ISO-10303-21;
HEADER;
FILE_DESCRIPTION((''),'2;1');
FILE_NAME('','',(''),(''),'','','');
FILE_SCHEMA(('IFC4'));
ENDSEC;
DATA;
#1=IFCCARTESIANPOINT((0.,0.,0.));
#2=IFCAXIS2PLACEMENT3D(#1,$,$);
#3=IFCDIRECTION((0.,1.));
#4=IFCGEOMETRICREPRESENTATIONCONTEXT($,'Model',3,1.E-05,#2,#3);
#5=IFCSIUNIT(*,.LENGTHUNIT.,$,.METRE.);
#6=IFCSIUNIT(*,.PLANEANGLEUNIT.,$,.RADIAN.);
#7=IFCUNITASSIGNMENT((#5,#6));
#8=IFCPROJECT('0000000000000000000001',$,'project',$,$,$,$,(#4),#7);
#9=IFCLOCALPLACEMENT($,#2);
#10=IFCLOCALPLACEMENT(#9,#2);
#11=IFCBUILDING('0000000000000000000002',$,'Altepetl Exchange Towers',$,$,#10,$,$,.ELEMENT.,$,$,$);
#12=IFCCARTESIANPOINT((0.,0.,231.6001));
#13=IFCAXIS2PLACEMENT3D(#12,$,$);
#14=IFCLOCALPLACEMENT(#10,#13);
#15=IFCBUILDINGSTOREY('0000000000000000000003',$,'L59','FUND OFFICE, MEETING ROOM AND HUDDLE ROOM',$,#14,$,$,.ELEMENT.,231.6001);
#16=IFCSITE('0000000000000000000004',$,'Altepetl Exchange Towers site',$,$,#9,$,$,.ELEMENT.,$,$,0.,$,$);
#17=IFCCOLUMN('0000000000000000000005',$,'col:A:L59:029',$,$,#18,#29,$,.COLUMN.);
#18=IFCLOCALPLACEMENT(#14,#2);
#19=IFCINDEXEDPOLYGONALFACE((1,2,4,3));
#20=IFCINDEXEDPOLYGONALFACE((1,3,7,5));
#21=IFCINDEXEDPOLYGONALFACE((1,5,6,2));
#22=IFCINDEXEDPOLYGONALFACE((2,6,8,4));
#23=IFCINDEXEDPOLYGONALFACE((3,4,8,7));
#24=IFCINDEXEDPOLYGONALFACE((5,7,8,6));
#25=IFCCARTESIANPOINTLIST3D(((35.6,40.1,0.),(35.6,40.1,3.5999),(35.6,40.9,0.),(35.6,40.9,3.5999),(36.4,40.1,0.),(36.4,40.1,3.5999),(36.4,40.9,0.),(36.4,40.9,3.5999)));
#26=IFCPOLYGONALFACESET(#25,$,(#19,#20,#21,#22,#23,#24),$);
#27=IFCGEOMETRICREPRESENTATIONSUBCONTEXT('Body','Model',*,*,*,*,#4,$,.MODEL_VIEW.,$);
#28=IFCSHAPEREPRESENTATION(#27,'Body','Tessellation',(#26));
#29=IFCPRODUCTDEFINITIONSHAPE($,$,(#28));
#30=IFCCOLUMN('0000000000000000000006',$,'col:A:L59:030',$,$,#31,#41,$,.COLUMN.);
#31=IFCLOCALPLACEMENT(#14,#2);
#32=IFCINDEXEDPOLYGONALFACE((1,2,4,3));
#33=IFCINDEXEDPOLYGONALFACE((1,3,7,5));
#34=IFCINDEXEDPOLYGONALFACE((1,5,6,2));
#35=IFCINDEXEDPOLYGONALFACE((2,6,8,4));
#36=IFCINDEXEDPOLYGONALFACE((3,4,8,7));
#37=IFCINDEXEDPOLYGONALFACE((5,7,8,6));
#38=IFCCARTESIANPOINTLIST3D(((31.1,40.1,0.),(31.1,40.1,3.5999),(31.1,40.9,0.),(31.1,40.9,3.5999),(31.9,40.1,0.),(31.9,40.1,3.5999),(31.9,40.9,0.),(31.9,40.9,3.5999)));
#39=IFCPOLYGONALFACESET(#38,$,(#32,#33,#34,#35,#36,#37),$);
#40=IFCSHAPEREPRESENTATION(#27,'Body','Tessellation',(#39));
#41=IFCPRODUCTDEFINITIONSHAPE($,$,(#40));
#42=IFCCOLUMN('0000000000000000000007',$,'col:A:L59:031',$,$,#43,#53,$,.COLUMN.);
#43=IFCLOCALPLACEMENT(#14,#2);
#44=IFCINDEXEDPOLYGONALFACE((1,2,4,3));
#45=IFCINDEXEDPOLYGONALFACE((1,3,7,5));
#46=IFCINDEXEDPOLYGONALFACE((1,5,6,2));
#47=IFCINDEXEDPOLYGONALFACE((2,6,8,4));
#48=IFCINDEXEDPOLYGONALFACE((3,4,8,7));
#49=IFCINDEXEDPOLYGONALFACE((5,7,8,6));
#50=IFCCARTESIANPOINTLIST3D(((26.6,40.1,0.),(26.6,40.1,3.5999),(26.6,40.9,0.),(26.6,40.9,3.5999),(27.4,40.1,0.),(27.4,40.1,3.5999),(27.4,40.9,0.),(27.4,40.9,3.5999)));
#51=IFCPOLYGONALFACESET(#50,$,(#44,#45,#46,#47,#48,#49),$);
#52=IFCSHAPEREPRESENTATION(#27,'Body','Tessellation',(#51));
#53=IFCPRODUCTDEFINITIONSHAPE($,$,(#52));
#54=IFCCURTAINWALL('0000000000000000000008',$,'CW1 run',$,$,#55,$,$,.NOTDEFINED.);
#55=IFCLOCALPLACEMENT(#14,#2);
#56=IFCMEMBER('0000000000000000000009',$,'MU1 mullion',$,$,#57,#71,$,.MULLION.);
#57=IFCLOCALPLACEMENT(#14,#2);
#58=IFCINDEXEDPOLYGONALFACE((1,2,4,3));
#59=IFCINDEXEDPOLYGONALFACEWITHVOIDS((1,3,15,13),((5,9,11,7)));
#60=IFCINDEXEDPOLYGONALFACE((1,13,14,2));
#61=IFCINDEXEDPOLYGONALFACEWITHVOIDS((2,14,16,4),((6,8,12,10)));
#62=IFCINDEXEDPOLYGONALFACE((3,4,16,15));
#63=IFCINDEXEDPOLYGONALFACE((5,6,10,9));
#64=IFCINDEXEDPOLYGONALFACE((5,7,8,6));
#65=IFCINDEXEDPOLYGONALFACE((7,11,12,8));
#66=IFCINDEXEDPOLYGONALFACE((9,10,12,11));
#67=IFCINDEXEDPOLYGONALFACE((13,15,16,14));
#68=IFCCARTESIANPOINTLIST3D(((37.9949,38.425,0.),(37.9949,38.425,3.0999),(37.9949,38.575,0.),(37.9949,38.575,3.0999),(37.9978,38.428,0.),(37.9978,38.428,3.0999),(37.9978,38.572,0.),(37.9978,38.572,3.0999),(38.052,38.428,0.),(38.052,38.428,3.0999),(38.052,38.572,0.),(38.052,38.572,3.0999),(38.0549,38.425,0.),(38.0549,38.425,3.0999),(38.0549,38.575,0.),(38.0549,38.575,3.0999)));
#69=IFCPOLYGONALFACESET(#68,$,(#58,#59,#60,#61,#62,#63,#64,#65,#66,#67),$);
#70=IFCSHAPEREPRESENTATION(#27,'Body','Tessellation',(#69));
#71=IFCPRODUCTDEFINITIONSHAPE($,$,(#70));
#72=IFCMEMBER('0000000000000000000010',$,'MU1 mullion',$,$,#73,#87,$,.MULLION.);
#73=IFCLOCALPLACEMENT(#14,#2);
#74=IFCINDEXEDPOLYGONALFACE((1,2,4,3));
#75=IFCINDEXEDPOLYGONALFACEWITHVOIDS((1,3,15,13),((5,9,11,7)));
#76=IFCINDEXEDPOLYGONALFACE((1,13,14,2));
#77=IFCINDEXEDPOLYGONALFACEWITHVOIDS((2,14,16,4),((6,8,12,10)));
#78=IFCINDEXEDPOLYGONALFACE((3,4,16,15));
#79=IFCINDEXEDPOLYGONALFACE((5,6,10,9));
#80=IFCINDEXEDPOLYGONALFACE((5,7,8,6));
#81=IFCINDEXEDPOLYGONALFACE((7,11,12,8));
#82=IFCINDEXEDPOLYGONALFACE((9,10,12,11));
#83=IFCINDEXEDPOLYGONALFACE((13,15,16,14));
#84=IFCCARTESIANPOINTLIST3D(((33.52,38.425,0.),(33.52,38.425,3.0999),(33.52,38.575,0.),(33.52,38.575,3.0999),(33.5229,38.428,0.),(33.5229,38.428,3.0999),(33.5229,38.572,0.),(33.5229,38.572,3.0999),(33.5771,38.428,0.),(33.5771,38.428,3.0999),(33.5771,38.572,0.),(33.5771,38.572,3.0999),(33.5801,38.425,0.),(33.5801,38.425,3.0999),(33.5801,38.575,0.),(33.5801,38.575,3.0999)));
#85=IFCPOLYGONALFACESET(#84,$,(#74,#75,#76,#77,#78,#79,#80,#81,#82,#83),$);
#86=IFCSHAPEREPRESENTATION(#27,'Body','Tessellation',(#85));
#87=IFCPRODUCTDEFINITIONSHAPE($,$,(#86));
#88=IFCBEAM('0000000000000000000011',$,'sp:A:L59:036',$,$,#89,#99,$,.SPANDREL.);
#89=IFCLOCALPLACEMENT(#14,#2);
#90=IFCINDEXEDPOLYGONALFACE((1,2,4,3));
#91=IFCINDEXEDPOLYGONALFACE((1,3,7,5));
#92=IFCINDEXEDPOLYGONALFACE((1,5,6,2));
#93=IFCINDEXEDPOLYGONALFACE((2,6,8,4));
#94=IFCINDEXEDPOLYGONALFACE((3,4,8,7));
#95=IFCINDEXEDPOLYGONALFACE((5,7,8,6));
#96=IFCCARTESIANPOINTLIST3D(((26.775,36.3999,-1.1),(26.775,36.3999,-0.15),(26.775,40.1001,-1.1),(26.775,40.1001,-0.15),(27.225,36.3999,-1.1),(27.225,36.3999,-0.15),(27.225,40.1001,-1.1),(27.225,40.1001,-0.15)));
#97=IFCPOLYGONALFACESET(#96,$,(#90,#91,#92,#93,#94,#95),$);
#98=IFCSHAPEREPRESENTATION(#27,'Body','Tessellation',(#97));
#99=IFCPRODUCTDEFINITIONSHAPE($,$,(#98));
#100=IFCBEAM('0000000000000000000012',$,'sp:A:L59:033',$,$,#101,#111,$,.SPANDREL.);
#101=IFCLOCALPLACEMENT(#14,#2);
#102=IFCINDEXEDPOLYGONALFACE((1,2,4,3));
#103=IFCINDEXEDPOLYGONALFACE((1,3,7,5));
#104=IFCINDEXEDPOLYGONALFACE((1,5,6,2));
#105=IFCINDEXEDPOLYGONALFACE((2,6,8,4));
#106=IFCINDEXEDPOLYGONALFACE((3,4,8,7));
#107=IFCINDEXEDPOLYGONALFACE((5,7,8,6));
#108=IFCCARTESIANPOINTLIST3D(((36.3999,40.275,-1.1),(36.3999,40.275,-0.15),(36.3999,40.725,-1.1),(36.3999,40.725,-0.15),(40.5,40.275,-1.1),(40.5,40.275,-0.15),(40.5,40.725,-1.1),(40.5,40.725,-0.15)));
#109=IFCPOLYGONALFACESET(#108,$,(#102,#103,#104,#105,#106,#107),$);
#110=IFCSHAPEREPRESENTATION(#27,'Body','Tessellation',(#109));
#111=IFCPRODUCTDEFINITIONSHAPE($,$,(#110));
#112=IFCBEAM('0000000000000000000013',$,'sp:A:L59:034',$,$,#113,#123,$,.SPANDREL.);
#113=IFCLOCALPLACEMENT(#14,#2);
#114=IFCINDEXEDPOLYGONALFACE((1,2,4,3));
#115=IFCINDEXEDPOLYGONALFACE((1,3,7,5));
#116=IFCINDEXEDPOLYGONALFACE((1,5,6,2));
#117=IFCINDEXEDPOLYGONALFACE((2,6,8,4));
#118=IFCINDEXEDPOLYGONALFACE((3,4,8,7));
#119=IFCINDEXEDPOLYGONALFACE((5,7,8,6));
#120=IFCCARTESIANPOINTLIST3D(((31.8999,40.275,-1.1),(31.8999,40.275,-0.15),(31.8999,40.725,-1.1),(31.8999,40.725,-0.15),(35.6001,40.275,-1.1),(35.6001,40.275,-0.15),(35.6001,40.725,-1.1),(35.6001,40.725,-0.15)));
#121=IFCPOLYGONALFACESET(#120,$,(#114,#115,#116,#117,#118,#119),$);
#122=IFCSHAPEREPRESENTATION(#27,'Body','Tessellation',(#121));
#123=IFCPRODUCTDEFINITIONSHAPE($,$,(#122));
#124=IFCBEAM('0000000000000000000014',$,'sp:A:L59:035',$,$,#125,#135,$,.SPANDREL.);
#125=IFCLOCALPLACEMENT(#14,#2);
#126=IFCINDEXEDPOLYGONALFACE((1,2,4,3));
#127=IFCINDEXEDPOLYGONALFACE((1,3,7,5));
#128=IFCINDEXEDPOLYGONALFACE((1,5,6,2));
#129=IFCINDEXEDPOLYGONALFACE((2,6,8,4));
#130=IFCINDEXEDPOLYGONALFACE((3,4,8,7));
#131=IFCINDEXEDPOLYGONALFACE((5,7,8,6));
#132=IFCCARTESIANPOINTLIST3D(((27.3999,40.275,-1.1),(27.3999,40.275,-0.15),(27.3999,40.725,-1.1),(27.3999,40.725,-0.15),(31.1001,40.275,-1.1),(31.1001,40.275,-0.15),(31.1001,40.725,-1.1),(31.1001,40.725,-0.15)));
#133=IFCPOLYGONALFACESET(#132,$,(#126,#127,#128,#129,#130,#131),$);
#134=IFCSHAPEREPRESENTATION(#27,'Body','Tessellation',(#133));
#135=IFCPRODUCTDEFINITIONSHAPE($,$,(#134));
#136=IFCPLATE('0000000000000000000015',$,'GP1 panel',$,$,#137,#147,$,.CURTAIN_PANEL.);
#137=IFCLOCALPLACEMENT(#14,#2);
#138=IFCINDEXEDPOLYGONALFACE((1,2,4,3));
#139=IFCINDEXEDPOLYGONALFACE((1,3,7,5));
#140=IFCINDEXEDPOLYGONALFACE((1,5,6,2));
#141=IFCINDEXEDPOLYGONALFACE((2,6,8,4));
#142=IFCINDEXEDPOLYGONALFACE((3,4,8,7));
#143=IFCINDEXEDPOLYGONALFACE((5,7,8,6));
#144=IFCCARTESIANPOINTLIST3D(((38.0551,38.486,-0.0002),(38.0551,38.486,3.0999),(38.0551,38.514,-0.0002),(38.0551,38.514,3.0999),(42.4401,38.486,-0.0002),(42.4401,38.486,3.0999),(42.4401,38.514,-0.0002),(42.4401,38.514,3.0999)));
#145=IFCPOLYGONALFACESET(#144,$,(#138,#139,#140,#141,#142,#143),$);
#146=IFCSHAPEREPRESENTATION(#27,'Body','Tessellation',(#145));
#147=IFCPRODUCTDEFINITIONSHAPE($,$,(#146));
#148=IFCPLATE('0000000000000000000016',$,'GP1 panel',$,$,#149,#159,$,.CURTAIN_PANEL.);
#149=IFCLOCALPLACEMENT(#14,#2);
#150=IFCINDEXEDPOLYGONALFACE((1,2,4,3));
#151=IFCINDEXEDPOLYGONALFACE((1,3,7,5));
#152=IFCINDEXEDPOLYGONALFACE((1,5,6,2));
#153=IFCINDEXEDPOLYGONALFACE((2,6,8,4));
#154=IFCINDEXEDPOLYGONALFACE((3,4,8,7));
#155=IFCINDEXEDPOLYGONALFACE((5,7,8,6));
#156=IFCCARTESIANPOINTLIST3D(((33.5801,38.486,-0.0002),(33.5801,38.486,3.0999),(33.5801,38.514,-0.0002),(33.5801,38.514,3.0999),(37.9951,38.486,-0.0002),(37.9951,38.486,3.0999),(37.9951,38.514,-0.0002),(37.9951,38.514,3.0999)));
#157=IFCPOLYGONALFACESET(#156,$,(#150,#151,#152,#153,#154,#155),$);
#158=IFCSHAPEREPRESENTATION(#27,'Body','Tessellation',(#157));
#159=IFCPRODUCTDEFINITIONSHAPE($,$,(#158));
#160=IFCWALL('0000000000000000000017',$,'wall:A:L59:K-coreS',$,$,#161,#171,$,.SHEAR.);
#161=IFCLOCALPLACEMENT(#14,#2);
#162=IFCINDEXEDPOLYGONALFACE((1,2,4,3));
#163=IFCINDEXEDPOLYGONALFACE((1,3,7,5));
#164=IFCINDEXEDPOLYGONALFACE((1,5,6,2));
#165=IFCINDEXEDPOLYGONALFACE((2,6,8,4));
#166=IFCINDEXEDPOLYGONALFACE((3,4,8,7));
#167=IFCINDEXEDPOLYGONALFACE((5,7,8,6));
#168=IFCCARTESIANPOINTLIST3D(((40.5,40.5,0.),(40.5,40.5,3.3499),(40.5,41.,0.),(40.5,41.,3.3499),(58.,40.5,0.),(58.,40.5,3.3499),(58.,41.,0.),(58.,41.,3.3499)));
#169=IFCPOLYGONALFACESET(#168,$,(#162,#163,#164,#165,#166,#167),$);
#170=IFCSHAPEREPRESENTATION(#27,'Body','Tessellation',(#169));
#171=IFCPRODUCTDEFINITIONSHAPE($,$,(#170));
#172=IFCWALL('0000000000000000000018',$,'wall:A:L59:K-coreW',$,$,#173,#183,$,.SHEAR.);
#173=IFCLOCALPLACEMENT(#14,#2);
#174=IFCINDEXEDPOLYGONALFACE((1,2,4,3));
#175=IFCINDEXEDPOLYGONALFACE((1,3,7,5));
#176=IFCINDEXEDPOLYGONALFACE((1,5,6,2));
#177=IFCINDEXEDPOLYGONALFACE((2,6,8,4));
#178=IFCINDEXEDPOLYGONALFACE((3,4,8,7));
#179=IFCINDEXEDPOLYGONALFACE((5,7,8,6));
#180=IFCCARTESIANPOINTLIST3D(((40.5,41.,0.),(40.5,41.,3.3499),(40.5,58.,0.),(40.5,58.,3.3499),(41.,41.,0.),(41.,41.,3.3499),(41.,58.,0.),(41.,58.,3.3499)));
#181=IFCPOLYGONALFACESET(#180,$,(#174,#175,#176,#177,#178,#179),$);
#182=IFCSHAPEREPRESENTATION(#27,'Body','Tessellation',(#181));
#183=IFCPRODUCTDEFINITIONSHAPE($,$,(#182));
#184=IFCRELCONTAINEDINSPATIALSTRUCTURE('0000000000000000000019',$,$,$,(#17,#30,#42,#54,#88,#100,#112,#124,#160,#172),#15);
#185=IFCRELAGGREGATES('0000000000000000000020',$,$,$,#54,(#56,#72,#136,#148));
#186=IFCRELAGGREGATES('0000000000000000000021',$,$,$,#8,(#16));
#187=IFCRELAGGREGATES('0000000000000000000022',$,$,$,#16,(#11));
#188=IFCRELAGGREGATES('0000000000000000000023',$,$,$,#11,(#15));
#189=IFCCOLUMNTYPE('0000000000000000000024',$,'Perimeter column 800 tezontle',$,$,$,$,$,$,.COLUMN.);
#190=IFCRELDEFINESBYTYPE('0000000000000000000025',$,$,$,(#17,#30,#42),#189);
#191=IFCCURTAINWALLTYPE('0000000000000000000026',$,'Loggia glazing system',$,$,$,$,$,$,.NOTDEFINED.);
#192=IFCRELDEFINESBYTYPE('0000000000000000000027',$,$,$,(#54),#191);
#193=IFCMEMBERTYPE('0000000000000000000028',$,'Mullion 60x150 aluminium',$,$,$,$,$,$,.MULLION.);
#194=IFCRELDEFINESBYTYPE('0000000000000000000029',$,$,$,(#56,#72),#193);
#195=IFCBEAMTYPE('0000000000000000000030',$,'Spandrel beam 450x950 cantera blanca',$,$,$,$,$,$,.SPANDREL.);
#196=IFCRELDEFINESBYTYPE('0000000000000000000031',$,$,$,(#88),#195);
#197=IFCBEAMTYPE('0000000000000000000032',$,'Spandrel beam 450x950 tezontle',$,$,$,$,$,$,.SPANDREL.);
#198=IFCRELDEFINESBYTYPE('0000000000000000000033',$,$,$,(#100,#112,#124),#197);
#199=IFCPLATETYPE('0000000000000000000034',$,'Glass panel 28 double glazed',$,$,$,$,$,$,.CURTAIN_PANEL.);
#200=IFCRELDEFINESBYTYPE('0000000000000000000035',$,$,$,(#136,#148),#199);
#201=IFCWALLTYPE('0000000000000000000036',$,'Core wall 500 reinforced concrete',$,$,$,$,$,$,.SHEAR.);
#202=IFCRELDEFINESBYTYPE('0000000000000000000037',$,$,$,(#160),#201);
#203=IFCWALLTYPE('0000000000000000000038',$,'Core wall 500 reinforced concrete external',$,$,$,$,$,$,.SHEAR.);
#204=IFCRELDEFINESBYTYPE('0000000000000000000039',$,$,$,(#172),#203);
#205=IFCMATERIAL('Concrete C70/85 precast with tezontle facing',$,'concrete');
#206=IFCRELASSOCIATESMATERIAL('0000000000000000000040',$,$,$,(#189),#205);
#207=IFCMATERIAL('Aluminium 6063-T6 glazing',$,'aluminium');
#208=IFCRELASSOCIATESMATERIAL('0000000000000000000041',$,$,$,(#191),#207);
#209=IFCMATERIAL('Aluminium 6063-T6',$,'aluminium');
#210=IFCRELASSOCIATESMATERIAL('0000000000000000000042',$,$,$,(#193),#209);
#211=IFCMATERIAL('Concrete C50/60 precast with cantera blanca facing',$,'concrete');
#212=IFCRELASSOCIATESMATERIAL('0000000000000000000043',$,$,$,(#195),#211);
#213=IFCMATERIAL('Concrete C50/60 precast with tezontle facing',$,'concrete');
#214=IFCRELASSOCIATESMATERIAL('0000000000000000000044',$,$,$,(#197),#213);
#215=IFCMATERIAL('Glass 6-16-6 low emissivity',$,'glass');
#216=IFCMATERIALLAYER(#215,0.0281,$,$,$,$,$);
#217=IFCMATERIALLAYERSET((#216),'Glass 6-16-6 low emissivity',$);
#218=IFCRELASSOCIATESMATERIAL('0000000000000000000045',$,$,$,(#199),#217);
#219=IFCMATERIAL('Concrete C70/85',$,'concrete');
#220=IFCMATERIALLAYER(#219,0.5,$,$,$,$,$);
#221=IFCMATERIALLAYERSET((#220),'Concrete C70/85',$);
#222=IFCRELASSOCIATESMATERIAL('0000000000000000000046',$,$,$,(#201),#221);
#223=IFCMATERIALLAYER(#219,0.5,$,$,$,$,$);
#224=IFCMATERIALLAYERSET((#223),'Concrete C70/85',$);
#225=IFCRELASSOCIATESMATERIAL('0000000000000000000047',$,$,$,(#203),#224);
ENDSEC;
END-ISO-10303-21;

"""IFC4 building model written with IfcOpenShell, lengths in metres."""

from ifc_helpers import new_model, si_unit, direction, frame, frame_2d, origin, origin_2d, place, context, subcontext, project, spatial, rectangle, hollow_rectangle, extrude, material, layer, layer_set, material_profile, profile_set, type_object, element, aggregate, save


model = new_model("IFC4")

# Units and contexts
model_context = context("Model", 3, precision=1e-05, world=origin(), true_north=direction((0.0, 1.0)))
body_context = subcontext(model_context, "Body", "Model", "MODEL_VIEW")
ifc_project = project(units=[si_unit("LENGTHUNIT", "METRE"), si_unit("PLANEANGLEUNIT", "RADIAN")], contexts=[model_context])

# Site, building, storey
site_placement = place(None, origin())
site = spatial("IfcSite", under=ifc_project, at=site_placement, Name="Altepetl Exchange Towers site", CompositionType="ELEMENT", RefElevation=0.0)
building_placement = place(site_placement, origin())
building = spatial("IfcBuilding", under=site, at=building_placement, Name="Altepetl Exchange Towers", CompositionType="ELEMENT")
storey_placement = place(building_placement, frame((0.0, 0.0, 231.6001)))
storey = spatial("IfcBuildingStorey", under=building, at=storey_placement, Name="L59", Description="FUND OFFICE, MEETING ROOM AND HUDDLE ROOM", CompositionType="ELEMENT", Elevation=231.6001)

# Columns
ifc_material_1 = material(Name="Concrete C70/85 precast with tezontle facing", Category="concrete")
ifc_material_profile_1 = material_profile(ifc_material_1, rectangle(XDim=0.8, YDim=0.8, at=origin_2d()), Name="800 x 800")
ifc_profile_set_1 = profile_set([ifc_material_profile_1], Name="Concrete C70/85 precast with tezontle facing")
column_type = type_object("IfcColumnType", Name="Perimeter column 800 tezontle", PredefinedType="COLUMN", material=ifc_profile_set_1)
for number, where, name in (
    (1, (36.0, 40.5, 0.0), "col:A:L59:029"),
    (2, (31.5, 40.5, 0.0), "col:A:L59:030"),
    (3, (27.0, 40.5, 0.0), "col:A:L59:031"),
):
    element("IfcColumn", number, at=place(storey_placement, frame(where)), inside=storey, type_object=column_type, Name=name, PredefinedType="COLUMN", context=body_context, shape_type="SweptSolid", body=[
        extrude(rectangle(XDim=0.8, YDim=0.8, at=origin_2d()), origin(), (0.0, 0.0, 1.0), 3.5999),
    ])

# Curtain wall, members
ifc_material_2 = material(Name="Aluminium 6063-T6 glazing", Category="aluminium")
curtain_wall_type = type_object("IfcCurtainWallType", Name="Loggia glazing system", PredefinedType="NOTDEFINED", material=ifc_material_2)
curtain_wall_placement = place(storey_placement, origin())
curtain_wall = element("IfcCurtainWall", 4, at=curtain_wall_placement, inside=storey, type_object=curtain_wall_type, Name="CW1 run", PredefinedType="NOTDEFINED")
ifc_material_3 = material(Name="Aluminium 6063-T6", Category="aluminium")
ifc_material_profile_2 = material_profile(ifc_material_3, hollow_rectangle(XDim=0.0601, YDim=0.1499, WallThickness=0.0029, at=origin_2d()), Name="Mullion 60x150 aluminium")
ifc_profile_set_2 = profile_set([ifc_material_profile_2], Name="Aluminium 6063-T6")
member_type = type_object("IfcMemberType", Name="Mullion 60x150 aluminium", PredefinedType="MULLION", material=ifc_profile_set_2)
member_1_placement = place(storey_placement, frame((38.0249, 38.5, 0.0), z_axis=(0.0, 0.0, 1.0), x_axis=(-1.0, 0.0, 0.0)))
member_1 = element("IfcMember", 5, at=member_1_placement, type_object=member_type, Name="MU1 mullion", PredefinedType="MULLION", context=body_context, shape_type="SweptSolid", body=[
    extrude(hollow_rectangle(XDim=0.0601, YDim=0.1499, WallThickness=0.0029, at=origin_2d()), origin(), (0.0, 0.0, 1.0), 3.0999),
])
member_2_placement = place(storey_placement, frame((33.55, 38.5, 0.0), z_axis=(0.0, 0.0, 1.0), x_axis=(-1.0, 0.0, 0.0)))
member_2 = element("IfcMember", 6, at=member_2_placement, type_object=member_type, Name="MU1 mullion", PredefinedType="MULLION", context=body_context, shape_type="SweptSolid", body=[
    extrude(hollow_rectangle(XDim=0.0601, YDim=0.1499, WallThickness=0.0029, at=origin_2d()), origin(), (0.0, 0.0, 1.0), 3.0999),
])

# Beams
ifc_material_4 = material(Name="Concrete C50/60 precast with cantera blanca facing", Category="concrete")
ifc_material_profile_3 = material_profile(ifc_material_4, rectangle(XDim=0.45, YDim=0.95, at=origin_2d()), Name="450 x 950")
ifc_profile_set_3 = profile_set([ifc_material_profile_3], Name="Concrete C50/60 precast with cantera blanca facing")
beam_type_1 = type_object("IfcBeamType", Name="Spandrel beam 450x950 cantera blanca", PredefinedType="SPANDREL", material=ifc_profile_set_3)
beam_1_placement = place(storey_placement, frame((27.0, 40.1001, -0.625), z_axis=(0.0, -1.0, 0.0), x_axis=(1.0, 0.0, 0.0)))
element("IfcBeam", 7, at=beam_1_placement, inside=storey, type_object=beam_type_1, Name="sp:A:L59:036", PredefinedType="SPANDREL", context=body_context, shape_type="SweptSolid", body=[
    extrude(rectangle(XDim=0.45, YDim=0.95, at=origin_2d()), origin(), (0.0, 0.0, 1.0), 3.7002),
])
ifc_material_5 = material(Name="Concrete C50/60 precast with tezontle facing", Category="concrete")
ifc_material_profile_4 = material_profile(ifc_material_5, rectangle(XDim=0.45, YDim=0.95, at=origin_2d()), Name="450 x 950")
ifc_profile_set_4 = profile_set([ifc_material_profile_4], Name="Concrete C50/60 precast with tezontle facing")
beam_type_2 = type_object("IfcBeamType", Name="Spandrel beam 450x950 tezontle", PredefinedType="SPANDREL", material=ifc_profile_set_4)
beam_2_placement = place(storey_placement, frame((40.5, 40.5, -0.625), z_axis=(-1.0, 0.0, 0.0), x_axis=(0.0, -1.0, 0.0)))
element("IfcBeam", 8, at=beam_2_placement, inside=storey, type_object=beam_type_2, Name="sp:A:L59:033", PredefinedType="SPANDREL", context=body_context, shape_type="SweptSolid", body=[
    extrude(rectangle(XDim=0.45, YDim=0.95, at=origin_2d()), origin(), (0.0, 0.0, 1.0), 4.1001),
])
for number, where, z_axis, x_axis, name in (
    (9, (35.6001, 40.5, -0.625), (-1.0, 0.0, 0.0), (0.0, -1.0, 0.0), "sp:A:L59:034"),
    (10, (31.1001, 40.5, -0.625), (-1.0, 0.0, 0.0), (0.0, -1.0, 0.0), "sp:A:L59:035"),
):
    element("IfcBeam", number, at=place(storey_placement, frame(where, z_axis=z_axis, x_axis=x_axis)), inside=storey, type_object=beam_type_2, Name=name, PredefinedType="SPANDREL", context=body_context, shape_type="SweptSolid", body=[
        extrude(rectangle(XDim=0.45, YDim=0.95, at=origin_2d()), origin(), (0.0, 0.0, 1.0), 3.7002),
    ])

# Plates
ifc_material_6 = material(Name="Glass 6-16-6 low emissivity", Category="glass")
ifc_layer_1 = layer(ifc_material_6, 0.0281)
ifc_layer_set_1 = layer_set([ifc_layer_1], Name="Glass 6-16-6 low emissivity")
plate_type = type_object("IfcPlateType", Name="Glass panel 28 double glazed", PredefinedType="CURTAIN_PANEL", material=ifc_layer_set_1)
plate_1_placement = place(storey_placement, frame((40.2476, 38.5, -0.0002), z_axis=(0.0, 0.0, 1.0), x_axis=(-1.0, 0.0, 0.0)))
plate_1 = element("IfcPlate", 11, at=plate_1_placement, type_object=plate_type, Name="GP1 panel", PredefinedType="CURTAIN_PANEL", context=body_context, shape_type="SweptSolid", body=[
    extrude(rectangle(XDim=4.385, YDim=0.0281, at=origin_2d()), origin(), (0.0, 0.0, 1.0), 3.1001),
])
plate_2_placement = place(storey_placement, frame((35.7876, 38.5, -0.0002), z_axis=(0.0, 0.0, 1.0), x_axis=(-1.0, 0.0, 0.0)))
plate_2 = element("IfcPlate", 12, at=plate_2_placement, type_object=plate_type, Name="GP1 panel", PredefinedType="CURTAIN_PANEL", context=body_context, shape_type="SweptSolid", body=[
    extrude(rectangle(XDim=4.415, YDim=0.0281, at=origin_2d()), origin(), (0.0, 0.0, 1.0), 3.1001),
])
aggregate(curtain_wall, [member_1, member_2, plate_1, plate_2])

# Walls
ifc_material_7 = material(Name="Concrete C70/85", Category="concrete")
ifc_layer_2 = layer(ifc_material_7, 0.5)
ifc_layer_set_2 = layer_set([ifc_layer_2], Name="Concrete C70/85")
wall_type_1 = type_object("IfcWallType", Name="Core wall 500 reinforced concrete", PredefinedType="SHEAR", material=ifc_layer_set_2)
wall_1_placement = place(storey_placement, frame((40.5, 40.75, 0.0)))
element("IfcWall", 13, at=wall_1_placement, inside=storey, type_object=wall_type_1, Name="wall:A:L59:K-coreS", PredefinedType="SHEAR", context=body_context, shape_type="SweptSolid", body=[
    extrude(rectangle(XDim=17.5, YDim=0.5, at=frame_2d((8.75, 0.0))), origin(), (0.0, 0.0, 1.0), 3.3499),
])
ifc_layer_3 = layer(ifc_material_7, 0.5)
ifc_layer_set_3 = layer_set([ifc_layer_3], Name="Concrete C70/85")
wall_type_2 = type_object("IfcWallType", Name="Core wall 500 reinforced concrete external", PredefinedType="SHEAR", material=ifc_layer_set_3)
wall_2_placement = place(storey_placement, frame((40.75, 41.0, 0.0), z_axis=(0.0, 0.0, 1.0), x_axis=(0.0, 1.0, 0.0)))
element("IfcWall", 14, at=wall_2_placement, inside=storey, type_object=wall_type_2, Name="wall:A:L59:K-coreW", PredefinedType="SHEAR", context=body_context, shape_type="SweptSolid", body=[
    extrude(rectangle(XDim=17.0, YDim=0.5, at=frame_2d((8.5, 0.0))), origin(), (0.0, 0.0, 1.0), 3.3499),
])

save(model, "model.ifc")
